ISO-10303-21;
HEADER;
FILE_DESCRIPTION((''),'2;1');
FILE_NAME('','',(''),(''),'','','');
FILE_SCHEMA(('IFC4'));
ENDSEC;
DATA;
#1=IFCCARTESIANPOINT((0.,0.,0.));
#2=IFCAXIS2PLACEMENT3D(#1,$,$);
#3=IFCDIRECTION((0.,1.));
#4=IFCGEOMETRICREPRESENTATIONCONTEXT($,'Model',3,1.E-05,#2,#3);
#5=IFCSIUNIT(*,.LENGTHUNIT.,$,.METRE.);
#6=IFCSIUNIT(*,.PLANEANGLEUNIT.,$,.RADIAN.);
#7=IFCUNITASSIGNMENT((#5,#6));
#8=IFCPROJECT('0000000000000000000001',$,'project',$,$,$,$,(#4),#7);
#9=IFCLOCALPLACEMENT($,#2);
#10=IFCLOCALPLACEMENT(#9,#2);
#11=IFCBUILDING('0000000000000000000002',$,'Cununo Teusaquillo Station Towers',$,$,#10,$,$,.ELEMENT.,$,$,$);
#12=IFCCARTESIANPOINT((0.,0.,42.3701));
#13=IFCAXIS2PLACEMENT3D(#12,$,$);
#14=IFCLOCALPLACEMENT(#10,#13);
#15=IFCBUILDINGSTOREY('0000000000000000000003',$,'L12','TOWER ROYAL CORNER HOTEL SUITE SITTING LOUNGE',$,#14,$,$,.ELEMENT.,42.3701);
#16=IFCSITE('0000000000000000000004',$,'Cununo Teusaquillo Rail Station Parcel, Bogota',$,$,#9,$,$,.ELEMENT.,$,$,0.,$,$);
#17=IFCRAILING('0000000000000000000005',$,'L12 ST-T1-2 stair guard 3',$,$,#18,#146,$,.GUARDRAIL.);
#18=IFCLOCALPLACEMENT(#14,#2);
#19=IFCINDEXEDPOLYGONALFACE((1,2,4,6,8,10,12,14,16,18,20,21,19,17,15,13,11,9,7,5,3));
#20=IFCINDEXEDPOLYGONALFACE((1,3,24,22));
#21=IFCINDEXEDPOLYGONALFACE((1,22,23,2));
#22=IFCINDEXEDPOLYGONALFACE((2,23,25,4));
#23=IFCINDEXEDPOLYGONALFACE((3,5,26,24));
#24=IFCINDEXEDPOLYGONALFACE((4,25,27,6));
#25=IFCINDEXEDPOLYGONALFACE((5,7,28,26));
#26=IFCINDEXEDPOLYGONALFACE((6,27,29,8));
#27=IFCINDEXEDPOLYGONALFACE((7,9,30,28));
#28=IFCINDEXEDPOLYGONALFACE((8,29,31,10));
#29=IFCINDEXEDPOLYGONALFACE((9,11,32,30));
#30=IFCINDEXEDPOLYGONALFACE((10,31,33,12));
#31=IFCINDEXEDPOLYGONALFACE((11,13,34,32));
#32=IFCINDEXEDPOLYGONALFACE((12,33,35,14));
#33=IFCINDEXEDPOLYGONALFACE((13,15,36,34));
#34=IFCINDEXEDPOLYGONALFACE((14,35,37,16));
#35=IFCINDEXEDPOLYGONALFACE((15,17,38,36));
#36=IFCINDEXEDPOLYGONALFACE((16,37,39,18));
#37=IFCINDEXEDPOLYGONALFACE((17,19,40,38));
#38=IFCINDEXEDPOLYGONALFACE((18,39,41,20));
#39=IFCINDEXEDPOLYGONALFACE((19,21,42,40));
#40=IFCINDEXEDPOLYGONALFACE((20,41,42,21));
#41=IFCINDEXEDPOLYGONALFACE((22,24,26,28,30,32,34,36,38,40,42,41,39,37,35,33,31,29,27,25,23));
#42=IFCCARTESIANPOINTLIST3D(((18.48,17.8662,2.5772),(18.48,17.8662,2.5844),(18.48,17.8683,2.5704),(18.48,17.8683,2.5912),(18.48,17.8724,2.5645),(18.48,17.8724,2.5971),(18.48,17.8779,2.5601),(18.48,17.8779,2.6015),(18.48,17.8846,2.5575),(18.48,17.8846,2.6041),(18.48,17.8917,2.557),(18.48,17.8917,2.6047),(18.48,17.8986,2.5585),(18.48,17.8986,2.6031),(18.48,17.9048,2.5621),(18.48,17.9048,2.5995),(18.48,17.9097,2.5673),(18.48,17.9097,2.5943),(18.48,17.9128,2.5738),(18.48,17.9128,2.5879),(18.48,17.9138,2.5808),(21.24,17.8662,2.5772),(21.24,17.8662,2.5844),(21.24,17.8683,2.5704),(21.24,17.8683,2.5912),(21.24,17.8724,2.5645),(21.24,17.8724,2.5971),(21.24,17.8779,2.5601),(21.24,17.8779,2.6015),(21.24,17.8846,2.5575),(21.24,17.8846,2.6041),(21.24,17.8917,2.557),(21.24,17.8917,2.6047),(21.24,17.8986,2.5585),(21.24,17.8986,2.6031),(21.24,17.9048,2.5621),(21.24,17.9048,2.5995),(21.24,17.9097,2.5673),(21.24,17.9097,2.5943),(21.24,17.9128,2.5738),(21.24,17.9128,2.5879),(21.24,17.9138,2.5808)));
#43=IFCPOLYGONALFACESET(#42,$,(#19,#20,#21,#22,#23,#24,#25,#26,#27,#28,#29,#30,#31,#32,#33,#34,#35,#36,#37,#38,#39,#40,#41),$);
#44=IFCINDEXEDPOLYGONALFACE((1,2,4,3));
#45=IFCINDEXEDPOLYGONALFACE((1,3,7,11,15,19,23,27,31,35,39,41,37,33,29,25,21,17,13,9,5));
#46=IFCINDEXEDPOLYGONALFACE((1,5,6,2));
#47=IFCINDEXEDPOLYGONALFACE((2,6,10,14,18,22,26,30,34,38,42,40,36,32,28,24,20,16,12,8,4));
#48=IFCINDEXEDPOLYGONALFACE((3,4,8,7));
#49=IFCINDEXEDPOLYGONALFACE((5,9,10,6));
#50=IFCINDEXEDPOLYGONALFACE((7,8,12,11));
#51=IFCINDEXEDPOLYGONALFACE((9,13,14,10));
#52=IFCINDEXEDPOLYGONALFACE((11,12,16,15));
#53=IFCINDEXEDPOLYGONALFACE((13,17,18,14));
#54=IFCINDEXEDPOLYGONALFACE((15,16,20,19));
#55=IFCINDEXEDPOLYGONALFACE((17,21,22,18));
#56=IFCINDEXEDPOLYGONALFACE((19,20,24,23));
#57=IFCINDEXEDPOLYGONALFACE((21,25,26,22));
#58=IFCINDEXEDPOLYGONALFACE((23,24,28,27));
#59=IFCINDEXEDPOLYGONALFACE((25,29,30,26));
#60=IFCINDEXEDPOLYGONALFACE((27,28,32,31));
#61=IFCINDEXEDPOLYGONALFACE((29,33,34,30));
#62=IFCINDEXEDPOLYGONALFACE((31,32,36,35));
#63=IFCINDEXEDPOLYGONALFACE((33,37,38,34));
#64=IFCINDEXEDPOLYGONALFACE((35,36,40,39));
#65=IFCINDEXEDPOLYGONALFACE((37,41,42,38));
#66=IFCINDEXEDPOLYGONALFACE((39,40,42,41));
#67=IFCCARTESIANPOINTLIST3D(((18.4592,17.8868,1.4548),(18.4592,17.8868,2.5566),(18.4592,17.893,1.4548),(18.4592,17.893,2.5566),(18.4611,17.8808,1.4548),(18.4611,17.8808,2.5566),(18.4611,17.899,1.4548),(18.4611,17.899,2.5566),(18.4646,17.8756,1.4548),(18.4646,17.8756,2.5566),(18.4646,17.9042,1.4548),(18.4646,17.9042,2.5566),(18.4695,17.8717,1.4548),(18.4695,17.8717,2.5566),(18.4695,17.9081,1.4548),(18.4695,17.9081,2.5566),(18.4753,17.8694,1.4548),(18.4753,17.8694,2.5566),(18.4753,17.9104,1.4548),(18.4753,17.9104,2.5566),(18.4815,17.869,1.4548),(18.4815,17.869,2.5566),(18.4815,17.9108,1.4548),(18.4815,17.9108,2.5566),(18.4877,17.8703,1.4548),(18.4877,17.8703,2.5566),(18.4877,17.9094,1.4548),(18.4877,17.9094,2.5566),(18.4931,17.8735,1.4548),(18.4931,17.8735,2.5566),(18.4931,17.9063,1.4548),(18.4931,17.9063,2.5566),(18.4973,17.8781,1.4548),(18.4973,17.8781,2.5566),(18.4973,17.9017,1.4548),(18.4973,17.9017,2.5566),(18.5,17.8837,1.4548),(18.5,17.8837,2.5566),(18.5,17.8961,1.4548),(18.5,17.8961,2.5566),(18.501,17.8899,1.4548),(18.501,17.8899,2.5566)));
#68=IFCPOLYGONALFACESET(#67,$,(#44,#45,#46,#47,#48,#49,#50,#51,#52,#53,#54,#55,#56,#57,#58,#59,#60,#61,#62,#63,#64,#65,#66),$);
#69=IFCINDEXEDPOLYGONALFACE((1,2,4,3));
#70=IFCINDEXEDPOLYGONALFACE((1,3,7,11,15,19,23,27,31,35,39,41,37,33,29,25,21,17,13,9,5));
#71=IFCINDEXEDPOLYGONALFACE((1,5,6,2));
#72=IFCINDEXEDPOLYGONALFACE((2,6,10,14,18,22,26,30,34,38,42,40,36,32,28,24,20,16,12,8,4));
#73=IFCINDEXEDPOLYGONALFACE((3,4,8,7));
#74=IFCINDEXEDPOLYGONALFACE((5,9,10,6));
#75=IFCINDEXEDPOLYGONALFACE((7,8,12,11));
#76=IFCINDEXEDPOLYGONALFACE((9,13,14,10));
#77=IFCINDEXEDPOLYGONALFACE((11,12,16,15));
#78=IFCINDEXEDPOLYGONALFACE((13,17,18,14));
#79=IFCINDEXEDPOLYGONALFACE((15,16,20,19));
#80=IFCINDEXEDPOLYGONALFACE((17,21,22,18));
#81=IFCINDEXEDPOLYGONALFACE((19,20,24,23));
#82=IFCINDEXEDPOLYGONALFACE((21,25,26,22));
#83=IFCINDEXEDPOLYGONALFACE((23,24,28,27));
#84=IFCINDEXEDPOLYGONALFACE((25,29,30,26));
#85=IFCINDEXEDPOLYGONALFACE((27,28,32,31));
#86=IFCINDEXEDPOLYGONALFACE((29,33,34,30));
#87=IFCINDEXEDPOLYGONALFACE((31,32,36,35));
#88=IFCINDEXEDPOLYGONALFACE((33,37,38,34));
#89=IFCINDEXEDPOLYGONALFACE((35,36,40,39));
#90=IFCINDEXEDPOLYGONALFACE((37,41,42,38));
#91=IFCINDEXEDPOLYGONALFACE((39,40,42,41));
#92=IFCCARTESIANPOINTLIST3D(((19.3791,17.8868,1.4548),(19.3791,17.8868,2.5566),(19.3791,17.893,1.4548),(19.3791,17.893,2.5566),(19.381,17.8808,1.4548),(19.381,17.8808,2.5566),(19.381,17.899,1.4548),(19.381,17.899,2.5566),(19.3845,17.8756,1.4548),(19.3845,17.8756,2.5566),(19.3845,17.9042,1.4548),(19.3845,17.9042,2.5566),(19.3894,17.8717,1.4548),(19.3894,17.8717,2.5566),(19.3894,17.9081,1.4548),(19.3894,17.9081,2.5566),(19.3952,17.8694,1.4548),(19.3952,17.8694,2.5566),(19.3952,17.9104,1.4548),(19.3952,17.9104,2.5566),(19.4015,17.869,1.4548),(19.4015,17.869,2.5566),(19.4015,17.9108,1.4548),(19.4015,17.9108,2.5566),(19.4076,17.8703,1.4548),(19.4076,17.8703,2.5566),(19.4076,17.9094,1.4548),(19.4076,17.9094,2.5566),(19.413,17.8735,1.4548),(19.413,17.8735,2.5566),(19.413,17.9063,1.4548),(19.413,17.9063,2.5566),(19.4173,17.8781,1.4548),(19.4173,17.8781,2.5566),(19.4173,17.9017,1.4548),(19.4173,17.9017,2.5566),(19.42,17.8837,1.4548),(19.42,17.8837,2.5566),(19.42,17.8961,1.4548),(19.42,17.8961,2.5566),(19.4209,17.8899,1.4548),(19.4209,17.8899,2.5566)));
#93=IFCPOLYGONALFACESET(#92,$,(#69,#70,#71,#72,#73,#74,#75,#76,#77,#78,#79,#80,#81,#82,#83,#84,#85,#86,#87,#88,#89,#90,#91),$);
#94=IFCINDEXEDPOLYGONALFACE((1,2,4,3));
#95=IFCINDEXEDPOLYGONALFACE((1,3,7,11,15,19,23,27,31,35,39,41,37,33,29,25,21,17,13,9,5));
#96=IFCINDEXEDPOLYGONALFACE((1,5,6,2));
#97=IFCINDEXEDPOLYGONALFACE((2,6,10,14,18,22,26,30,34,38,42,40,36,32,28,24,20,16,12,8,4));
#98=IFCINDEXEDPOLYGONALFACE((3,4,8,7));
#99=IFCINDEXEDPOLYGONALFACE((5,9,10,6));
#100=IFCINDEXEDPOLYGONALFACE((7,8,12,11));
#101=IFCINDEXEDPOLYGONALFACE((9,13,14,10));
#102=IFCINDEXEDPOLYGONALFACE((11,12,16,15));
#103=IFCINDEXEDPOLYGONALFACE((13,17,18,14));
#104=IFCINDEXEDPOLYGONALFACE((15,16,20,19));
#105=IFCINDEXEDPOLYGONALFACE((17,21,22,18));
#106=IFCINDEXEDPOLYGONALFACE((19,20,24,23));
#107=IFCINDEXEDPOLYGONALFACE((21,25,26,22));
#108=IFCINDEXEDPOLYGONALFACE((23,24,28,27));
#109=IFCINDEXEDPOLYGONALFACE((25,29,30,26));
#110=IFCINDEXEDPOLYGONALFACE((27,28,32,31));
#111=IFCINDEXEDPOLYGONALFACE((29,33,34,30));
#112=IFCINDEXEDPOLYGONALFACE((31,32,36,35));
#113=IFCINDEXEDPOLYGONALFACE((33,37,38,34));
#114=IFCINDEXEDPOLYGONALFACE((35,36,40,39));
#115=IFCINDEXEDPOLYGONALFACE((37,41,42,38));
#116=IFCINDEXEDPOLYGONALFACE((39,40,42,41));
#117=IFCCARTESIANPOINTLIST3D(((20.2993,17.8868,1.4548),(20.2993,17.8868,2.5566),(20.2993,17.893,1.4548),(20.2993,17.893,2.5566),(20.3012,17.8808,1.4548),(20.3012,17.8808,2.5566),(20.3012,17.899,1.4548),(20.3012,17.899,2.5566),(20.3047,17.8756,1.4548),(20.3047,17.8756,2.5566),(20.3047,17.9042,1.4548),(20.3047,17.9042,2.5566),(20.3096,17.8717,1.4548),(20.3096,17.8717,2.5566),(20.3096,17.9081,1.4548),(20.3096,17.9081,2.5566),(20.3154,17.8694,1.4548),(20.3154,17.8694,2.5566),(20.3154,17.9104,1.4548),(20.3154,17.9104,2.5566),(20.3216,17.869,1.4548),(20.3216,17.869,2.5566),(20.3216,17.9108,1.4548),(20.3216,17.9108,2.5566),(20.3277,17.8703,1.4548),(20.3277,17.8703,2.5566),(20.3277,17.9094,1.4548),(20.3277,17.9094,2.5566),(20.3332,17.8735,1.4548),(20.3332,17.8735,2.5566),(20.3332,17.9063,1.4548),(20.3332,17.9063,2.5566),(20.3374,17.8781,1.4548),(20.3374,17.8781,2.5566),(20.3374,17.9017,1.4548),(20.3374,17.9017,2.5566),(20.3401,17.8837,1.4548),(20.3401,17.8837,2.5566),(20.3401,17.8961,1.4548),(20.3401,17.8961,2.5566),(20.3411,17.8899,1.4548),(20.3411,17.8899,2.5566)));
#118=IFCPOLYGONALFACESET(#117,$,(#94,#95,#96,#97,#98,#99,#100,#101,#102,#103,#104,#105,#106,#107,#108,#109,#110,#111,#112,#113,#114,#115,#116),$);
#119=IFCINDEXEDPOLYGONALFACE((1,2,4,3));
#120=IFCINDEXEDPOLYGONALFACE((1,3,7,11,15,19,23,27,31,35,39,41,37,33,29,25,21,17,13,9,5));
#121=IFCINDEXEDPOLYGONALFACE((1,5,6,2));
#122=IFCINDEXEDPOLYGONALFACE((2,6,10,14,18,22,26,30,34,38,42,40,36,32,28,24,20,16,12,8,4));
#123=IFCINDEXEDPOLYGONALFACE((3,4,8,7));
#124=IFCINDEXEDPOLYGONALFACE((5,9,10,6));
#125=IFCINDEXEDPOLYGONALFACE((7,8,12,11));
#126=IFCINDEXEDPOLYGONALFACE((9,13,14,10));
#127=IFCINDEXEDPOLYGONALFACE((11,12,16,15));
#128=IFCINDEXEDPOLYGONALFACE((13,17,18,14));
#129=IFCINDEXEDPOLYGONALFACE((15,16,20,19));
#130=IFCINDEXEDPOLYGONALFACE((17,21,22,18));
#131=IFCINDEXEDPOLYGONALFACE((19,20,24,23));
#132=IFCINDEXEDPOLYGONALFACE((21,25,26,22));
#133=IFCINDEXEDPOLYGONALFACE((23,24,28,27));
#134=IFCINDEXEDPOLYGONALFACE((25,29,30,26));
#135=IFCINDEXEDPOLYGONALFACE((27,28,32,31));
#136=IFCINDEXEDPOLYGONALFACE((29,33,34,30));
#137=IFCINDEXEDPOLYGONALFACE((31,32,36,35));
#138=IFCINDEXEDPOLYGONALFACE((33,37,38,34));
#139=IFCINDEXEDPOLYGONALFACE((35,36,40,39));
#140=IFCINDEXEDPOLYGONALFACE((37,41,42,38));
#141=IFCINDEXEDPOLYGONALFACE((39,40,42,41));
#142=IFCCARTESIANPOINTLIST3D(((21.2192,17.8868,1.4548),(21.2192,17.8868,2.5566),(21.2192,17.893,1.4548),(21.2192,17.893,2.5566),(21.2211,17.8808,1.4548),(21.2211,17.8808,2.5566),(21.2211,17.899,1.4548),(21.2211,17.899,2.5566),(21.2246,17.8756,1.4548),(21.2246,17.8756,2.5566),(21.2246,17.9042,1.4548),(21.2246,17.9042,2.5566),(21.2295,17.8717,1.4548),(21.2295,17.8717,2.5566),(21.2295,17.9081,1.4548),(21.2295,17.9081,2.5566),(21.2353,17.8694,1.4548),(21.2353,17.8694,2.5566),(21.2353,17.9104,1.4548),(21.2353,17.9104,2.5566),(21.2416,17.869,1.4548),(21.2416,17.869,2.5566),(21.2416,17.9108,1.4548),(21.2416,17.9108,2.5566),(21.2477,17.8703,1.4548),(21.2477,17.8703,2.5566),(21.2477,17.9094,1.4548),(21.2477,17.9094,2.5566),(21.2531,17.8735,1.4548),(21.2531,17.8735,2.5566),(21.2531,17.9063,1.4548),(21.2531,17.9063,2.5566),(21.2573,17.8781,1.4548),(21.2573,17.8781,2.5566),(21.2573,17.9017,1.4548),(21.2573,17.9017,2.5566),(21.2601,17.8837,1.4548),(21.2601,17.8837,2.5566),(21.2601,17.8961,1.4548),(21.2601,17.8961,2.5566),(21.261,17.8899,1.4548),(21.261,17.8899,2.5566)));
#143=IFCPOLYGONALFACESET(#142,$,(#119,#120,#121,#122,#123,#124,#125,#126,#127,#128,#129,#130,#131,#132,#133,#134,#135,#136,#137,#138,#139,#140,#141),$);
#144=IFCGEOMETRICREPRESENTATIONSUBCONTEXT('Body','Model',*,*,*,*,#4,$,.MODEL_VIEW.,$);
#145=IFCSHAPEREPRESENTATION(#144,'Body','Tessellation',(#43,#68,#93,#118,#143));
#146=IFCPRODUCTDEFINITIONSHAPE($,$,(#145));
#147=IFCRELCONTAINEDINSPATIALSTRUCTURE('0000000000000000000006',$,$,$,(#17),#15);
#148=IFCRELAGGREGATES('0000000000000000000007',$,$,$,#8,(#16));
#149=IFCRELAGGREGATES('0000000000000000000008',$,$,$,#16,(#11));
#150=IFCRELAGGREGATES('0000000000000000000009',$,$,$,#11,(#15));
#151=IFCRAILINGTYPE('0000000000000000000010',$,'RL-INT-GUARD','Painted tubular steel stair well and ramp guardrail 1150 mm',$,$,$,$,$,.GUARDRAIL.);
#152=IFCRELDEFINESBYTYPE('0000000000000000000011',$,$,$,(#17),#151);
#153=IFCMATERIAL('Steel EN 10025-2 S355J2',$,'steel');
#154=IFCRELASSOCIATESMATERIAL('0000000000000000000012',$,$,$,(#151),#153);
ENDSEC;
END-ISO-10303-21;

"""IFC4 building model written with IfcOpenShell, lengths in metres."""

from ifc_helpers import new_model, si_unit, direction, frame, origin, origin_2d, place, context, subcontext, project, spatial, circle, extrude, material, type_object, element, save


model = new_model("IFC4")

# Units and contexts
model_context = context("Model", 3, precision=1e-05, world=origin(), true_north=direction((0.0, 1.0)))
body_context = subcontext(model_context, "Body", "Model", "MODEL_VIEW")
ifc_project = project(units=[si_unit("LENGTHUNIT", "METRE"), si_unit("PLANEANGLEUNIT", "RADIAN")], contexts=[model_context])

# Site, building, storey
site_placement = place(None, origin())
site = spatial("IfcSite", under=ifc_project, at=site_placement, Name="Cununo Teusaquillo Rail Station Parcel, Bogota", CompositionType="ELEMENT", RefElevation=0.0)
building_placement = place(site_placement, origin())
building = spatial("IfcBuilding", under=site, at=building_placement, Name="Cununo Teusaquillo Station Towers", CompositionType="ELEMENT")
storey_placement = place(building_placement, frame((0.0, 0.0, 42.3701)))
storey = spatial("IfcBuildingStorey", under=building, at=storey_placement, Name="L12", Description="TOWER ROYAL CORNER HOTEL SUITE SITTING LOUNGE", CompositionType="ELEMENT", Elevation=42.3701)

# Railing
ifc_material_1 = material(Name="Steel EN 10025-2 S355J2", Category="steel")
railing_type_1 = type_object("IfcRailingType", Name="RL-INT-GUARD", Description="Painted tubular steel stair well and ramp guardrail 1150 mm", PredefinedType="GUARDRAIL", material=ifc_material_1)
railing_1_placement = place(storey_placement, frame((18.48, 17.8899, 1.4548)))
element("IfcRailing", 1, at=railing_1_placement, inside=storey, type_object=railing_type_1, Name="L12 ST-T1-2 stair guard 3", PredefinedType="GUARDRAIL", context=body_context, shape_type="SweptSolid", body=[
    extrude(circle(Radius=0.0239, at=origin_2d()), frame((0.0, 0.0, 1.126), z_axis=(1.0, 0.0, 0.0), x_axis=(0.0, 1.0, 0.0)), (0.0, 0.0, 1.0), 2.76),
    extrude(circle(Radius=0.021, at=origin_2d()), origin(), (0.0, 0.0, 1.0), 1.1018),
    extrude(circle(Radius=0.021, at=origin_2d()), frame((0.9199, 0.0, 0.0)), (0.0, 0.0, 1.0), 1.1018),
    extrude(circle(Radius=0.021, at=origin_2d()), frame((1.8401, 0.0, 0.0)), (0.0, 0.0, 1.0), 1.1018),
    extrude(circle(Radius=0.021, at=origin_2d()), frame((2.76, 0.0, 0.0)), (0.0, 0.0, 1.0), 1.1018),
])

save(model, "model.ifc")
